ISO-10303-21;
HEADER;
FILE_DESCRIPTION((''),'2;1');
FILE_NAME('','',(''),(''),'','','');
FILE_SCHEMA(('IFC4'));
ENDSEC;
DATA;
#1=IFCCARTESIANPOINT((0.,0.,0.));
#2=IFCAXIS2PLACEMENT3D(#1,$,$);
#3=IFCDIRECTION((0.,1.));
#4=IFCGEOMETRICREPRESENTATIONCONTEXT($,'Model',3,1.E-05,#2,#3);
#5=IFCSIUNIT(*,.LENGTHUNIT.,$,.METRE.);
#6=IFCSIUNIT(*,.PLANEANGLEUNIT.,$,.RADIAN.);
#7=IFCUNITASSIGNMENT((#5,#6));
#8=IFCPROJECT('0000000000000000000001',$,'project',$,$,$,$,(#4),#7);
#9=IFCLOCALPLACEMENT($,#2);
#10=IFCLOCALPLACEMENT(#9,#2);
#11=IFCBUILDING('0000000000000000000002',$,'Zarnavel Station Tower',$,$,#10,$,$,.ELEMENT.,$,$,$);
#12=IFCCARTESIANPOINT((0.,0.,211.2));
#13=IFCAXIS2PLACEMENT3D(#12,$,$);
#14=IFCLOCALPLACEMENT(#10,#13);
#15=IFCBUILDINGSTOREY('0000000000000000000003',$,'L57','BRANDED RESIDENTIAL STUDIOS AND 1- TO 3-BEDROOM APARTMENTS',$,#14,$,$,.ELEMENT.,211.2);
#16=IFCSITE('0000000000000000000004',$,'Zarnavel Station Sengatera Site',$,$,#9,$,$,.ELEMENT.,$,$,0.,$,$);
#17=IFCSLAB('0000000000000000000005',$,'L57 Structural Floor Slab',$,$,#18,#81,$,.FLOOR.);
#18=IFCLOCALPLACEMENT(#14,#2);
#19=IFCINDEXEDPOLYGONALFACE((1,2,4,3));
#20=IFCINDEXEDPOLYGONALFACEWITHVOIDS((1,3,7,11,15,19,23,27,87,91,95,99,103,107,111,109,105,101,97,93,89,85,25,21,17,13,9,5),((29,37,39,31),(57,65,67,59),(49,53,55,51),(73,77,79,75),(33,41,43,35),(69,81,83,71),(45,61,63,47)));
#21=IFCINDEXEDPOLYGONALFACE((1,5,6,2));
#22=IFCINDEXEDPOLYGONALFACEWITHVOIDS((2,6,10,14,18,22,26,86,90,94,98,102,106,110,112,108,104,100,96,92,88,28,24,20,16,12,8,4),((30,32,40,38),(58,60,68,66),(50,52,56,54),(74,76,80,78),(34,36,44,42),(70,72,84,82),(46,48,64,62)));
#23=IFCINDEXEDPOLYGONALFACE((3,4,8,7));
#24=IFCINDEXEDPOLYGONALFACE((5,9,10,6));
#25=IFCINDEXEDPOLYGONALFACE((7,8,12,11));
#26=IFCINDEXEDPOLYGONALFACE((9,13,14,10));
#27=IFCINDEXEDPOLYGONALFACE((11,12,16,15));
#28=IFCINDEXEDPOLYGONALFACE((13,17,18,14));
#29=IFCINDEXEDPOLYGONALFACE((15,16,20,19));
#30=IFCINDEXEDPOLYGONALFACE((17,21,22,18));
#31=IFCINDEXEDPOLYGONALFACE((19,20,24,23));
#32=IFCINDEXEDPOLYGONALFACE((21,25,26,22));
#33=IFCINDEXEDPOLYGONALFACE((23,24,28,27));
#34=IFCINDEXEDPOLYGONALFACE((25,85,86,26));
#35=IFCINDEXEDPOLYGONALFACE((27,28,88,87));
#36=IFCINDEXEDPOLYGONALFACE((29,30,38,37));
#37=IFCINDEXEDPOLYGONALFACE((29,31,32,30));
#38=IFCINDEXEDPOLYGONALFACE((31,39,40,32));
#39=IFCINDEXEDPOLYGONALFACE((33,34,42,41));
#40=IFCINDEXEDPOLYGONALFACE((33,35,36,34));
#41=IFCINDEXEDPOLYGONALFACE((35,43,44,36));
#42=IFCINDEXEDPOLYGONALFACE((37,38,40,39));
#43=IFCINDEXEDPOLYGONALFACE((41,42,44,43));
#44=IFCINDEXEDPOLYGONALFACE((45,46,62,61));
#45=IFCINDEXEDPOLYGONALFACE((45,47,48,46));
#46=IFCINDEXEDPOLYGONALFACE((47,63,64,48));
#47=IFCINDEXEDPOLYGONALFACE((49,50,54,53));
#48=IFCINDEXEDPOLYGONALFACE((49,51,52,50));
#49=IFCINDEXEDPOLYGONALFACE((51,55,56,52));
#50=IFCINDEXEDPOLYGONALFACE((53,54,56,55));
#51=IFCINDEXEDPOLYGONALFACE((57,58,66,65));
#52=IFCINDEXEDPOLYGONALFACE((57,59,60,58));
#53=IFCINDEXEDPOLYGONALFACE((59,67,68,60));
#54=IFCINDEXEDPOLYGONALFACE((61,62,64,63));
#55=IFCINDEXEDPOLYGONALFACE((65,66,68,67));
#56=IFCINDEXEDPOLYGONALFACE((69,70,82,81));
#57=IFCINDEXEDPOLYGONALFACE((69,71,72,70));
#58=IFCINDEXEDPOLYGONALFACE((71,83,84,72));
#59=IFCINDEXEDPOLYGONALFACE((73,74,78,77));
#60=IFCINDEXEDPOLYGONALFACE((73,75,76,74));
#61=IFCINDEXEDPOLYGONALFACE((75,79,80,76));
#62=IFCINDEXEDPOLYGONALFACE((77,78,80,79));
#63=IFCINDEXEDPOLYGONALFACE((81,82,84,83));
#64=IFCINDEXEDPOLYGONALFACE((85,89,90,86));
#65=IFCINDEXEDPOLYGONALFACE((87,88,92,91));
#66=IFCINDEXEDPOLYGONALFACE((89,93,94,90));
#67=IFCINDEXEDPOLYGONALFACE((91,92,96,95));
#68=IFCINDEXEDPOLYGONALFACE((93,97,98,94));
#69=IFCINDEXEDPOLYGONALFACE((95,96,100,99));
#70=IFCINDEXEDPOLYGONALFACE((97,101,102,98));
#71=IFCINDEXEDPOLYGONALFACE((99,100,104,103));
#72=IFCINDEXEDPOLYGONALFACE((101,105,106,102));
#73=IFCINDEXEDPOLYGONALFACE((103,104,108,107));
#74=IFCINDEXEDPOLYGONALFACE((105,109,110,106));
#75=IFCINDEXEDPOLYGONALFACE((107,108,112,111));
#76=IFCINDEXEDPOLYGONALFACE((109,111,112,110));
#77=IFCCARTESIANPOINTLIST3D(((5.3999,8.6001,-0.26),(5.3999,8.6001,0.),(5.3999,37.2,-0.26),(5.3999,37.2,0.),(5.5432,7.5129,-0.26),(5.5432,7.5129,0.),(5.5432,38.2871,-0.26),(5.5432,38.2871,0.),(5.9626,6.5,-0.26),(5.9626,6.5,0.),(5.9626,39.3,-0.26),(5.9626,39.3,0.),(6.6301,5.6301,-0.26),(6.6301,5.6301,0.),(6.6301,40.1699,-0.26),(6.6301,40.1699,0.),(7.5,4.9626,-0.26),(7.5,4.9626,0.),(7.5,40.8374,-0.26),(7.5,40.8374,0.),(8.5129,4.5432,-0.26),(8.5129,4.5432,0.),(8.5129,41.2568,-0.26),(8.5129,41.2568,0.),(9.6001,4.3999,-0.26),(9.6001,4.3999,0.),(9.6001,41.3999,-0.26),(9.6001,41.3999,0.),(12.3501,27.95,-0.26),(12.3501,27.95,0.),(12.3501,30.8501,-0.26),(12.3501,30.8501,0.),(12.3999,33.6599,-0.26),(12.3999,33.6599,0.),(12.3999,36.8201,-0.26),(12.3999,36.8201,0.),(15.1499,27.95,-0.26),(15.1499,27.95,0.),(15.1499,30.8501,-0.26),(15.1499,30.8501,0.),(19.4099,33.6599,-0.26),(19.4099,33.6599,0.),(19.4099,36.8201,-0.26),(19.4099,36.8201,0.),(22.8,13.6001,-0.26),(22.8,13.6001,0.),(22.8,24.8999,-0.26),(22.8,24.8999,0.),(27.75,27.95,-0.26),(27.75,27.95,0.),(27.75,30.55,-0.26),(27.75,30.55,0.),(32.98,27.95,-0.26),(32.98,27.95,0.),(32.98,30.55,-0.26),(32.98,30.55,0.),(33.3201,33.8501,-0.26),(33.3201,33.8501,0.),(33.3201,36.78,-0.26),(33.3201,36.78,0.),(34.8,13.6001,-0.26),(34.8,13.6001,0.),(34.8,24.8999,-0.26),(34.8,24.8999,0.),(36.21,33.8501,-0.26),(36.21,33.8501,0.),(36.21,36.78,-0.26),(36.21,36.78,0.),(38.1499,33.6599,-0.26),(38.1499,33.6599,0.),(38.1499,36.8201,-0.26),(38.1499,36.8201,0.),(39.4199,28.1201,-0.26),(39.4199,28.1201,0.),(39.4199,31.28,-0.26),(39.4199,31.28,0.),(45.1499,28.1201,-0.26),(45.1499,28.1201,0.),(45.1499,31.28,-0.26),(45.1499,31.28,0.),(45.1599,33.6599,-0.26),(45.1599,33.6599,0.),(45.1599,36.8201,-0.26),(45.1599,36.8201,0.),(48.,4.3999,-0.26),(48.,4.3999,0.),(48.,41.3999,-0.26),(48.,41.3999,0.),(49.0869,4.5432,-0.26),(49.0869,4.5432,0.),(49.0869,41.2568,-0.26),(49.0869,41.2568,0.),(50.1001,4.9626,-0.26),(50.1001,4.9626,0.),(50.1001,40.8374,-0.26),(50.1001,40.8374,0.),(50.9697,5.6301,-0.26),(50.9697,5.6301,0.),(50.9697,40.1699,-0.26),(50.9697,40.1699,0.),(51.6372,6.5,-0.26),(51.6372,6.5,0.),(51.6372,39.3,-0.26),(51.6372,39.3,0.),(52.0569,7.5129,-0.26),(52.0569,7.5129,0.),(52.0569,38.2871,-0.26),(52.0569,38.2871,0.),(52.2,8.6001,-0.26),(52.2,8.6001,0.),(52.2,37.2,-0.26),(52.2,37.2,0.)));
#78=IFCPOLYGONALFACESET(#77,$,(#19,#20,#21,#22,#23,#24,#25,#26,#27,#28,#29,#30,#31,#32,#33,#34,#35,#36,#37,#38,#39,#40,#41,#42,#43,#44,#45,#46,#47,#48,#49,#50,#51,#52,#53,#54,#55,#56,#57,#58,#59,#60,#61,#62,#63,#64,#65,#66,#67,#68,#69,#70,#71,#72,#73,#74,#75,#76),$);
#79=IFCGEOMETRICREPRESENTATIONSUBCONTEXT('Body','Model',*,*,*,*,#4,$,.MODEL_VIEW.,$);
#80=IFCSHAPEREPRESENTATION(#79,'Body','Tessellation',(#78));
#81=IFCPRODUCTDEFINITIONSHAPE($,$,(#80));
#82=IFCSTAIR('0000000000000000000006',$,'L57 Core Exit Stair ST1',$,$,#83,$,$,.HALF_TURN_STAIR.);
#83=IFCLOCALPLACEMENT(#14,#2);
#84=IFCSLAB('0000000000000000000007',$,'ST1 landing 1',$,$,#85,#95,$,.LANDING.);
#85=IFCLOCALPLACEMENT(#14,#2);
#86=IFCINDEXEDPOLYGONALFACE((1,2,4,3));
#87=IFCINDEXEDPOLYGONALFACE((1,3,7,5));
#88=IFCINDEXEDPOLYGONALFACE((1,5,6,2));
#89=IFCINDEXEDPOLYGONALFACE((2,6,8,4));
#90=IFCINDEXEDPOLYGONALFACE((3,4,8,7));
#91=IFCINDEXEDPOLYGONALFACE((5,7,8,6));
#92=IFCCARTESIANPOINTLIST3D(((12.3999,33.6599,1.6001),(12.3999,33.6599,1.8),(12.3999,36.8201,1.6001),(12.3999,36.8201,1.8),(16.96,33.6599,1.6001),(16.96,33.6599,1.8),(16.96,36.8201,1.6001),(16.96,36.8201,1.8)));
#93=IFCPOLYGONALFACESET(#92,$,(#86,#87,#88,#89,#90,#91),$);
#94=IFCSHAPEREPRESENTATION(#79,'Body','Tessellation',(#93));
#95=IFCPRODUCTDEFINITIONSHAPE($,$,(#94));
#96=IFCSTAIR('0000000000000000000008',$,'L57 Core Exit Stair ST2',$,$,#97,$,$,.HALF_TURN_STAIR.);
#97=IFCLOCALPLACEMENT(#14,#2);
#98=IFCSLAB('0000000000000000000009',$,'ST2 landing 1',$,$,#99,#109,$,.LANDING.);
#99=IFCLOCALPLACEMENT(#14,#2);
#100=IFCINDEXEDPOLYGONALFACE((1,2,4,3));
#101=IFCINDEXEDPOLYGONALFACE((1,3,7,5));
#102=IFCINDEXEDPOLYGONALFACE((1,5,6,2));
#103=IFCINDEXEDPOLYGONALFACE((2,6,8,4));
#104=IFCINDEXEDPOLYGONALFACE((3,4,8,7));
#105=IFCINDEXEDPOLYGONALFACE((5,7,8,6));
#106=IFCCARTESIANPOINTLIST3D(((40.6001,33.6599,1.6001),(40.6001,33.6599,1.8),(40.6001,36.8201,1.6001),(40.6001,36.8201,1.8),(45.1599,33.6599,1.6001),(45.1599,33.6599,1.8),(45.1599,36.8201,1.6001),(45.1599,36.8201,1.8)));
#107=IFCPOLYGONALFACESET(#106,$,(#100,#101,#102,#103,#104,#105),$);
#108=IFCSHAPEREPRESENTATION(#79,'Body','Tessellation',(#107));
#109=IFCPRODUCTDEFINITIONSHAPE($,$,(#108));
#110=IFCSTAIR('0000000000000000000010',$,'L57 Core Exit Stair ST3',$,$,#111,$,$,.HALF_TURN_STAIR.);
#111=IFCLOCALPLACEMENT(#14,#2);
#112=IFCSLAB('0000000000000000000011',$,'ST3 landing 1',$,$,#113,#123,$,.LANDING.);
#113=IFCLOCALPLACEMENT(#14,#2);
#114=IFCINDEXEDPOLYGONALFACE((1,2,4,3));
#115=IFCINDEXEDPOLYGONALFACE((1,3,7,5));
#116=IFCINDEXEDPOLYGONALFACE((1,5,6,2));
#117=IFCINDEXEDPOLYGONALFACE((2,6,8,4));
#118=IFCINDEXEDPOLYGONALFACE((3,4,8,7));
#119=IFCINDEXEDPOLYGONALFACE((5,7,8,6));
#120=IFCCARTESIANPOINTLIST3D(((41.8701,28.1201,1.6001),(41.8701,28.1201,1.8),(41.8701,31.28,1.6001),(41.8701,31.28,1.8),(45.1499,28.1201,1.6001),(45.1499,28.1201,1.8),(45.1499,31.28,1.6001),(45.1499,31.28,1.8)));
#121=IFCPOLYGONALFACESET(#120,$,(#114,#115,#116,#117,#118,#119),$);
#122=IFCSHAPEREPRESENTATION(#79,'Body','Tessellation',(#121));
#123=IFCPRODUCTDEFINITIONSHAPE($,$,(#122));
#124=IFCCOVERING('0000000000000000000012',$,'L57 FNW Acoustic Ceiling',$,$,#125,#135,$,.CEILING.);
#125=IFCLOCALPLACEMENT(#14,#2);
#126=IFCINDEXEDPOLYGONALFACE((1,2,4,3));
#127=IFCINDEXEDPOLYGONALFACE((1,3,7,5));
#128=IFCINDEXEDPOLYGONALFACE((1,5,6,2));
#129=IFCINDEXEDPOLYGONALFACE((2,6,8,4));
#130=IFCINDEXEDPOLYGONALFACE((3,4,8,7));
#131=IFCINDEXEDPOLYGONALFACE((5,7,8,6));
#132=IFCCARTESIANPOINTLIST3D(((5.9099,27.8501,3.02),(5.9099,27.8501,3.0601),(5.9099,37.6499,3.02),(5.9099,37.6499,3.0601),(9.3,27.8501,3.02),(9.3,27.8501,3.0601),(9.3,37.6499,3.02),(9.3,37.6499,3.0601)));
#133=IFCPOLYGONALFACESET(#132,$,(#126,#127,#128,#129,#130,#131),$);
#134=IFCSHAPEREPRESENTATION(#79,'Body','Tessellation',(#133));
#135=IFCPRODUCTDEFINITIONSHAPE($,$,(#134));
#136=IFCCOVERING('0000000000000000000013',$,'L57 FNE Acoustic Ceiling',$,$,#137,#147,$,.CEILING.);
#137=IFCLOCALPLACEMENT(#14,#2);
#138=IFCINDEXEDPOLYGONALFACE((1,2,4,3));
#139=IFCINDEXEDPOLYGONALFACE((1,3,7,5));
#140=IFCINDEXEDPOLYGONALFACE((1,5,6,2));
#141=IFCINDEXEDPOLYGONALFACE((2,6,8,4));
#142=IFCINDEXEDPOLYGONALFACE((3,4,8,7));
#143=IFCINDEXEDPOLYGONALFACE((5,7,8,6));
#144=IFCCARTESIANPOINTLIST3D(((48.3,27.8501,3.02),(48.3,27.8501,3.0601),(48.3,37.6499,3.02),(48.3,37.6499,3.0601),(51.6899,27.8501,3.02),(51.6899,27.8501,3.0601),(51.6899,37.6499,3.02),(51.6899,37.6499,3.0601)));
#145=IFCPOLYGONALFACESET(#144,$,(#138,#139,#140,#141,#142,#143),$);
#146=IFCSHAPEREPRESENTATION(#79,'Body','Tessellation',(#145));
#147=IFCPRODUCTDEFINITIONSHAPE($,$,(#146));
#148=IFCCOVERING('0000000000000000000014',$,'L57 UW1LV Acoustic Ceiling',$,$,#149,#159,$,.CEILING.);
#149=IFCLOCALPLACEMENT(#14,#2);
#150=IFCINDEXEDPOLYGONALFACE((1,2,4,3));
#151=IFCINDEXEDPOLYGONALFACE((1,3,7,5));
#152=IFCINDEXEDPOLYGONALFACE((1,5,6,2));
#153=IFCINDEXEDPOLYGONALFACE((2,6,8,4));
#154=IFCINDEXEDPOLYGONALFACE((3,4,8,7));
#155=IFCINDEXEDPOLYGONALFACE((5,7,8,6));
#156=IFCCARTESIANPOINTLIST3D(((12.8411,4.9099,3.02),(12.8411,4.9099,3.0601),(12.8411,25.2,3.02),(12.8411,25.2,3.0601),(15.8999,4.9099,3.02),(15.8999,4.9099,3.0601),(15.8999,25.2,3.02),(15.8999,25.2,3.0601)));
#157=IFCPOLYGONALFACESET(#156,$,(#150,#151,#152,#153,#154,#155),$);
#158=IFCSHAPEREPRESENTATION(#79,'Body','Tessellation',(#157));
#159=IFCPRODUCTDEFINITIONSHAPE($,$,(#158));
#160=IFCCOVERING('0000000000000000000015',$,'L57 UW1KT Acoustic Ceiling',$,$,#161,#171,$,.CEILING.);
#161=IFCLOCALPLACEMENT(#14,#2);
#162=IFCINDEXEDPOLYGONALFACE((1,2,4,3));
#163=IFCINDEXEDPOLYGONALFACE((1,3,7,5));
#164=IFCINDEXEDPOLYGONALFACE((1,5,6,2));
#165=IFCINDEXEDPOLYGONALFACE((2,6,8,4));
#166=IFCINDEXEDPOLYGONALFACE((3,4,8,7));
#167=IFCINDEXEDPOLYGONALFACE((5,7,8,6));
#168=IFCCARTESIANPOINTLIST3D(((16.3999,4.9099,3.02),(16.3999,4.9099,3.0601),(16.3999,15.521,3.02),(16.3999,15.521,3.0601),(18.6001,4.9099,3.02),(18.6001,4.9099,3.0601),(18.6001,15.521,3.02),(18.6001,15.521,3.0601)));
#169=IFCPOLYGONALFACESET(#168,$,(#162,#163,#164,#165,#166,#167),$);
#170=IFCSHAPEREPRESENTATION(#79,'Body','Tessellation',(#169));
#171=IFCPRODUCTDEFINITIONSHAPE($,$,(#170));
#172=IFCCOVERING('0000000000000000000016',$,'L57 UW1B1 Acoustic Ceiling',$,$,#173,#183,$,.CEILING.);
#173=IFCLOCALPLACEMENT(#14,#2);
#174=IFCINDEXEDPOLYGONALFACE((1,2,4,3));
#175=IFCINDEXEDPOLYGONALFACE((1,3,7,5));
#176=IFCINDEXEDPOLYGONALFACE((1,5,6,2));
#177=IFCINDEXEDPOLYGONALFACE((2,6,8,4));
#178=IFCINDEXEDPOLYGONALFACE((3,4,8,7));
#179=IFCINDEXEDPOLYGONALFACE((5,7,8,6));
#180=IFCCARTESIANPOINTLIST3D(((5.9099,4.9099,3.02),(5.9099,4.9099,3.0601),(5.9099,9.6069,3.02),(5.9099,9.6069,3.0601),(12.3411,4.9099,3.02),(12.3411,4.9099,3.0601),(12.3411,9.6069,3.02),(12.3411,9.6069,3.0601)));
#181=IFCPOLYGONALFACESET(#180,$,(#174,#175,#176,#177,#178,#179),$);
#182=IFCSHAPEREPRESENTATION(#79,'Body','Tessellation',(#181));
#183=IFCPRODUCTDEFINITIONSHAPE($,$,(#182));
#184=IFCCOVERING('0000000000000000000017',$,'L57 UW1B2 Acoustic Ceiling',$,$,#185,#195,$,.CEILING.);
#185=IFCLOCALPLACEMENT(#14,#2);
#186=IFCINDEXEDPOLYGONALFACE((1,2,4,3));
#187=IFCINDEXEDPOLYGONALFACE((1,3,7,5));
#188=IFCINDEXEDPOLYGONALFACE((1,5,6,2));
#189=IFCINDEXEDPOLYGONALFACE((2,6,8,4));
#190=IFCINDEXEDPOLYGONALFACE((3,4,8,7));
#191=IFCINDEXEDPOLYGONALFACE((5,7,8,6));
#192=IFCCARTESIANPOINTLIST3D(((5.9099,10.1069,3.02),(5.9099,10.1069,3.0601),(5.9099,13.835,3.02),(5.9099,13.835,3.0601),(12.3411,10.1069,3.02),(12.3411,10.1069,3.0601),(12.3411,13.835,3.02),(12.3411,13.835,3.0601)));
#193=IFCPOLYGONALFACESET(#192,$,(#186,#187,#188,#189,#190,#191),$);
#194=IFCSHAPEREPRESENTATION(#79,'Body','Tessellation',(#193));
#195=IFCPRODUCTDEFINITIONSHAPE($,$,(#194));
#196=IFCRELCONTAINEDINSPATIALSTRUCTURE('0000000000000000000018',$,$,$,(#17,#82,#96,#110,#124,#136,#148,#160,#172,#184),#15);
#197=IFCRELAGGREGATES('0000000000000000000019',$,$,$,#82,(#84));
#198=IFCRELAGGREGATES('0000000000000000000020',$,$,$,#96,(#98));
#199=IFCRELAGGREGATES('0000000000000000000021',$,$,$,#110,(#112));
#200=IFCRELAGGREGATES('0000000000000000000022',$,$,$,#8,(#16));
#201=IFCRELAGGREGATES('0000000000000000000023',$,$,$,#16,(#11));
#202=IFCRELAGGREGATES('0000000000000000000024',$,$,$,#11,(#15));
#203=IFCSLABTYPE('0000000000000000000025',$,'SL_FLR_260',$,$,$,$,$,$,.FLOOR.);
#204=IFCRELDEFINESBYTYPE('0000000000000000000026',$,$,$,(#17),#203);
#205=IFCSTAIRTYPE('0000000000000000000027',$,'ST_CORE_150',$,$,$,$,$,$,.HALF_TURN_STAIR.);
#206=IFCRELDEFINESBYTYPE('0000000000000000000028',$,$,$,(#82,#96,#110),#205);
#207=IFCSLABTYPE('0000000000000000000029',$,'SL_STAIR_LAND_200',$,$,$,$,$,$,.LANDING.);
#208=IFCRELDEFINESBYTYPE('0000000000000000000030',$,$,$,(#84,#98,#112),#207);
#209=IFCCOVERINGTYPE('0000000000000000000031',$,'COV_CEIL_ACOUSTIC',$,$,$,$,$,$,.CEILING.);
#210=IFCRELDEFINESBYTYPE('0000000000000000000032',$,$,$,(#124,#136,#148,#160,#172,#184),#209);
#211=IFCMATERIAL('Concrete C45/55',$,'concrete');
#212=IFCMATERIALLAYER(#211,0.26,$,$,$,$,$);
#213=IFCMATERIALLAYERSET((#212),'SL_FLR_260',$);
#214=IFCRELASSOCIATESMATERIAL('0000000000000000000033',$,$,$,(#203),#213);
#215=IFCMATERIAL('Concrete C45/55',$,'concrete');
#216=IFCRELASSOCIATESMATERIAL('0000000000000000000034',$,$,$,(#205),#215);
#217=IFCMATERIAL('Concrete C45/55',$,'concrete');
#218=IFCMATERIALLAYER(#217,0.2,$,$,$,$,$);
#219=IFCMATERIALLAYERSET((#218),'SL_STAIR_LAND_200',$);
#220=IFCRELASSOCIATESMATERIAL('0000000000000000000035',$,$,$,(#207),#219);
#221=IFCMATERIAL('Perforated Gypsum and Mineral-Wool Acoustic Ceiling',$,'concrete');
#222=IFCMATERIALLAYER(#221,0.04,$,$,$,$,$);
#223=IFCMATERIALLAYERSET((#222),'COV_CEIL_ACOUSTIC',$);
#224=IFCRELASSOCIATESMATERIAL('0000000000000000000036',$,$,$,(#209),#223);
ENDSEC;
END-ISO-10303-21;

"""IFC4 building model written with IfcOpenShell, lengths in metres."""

from ifc_helpers import new_model, si_unit, direction, frame, origin, place, context, subcontext, project, spatial, polyline, outline, extrude, material, layer, layer_set, type_object, element, aggregate, save


model = new_model("IFC4")

# Units and contexts
model_context = context("Model", 3, precision=1e-05, world=origin(), true_north=direction((0.0, 1.0)))
body_context = subcontext(model_context, "Body", "Model", "MODEL_VIEW")
ifc_project = project(units=[si_unit("LENGTHUNIT", "METRE"), si_unit("PLANEANGLEUNIT", "RADIAN")], contexts=[model_context])

# Site, building, storey
site_placement = place(None, origin())
site = spatial("IfcSite", under=ifc_project, at=site_placement, Name="Zarnavel Station Sengatera Site", CompositionType="ELEMENT", RefElevation=0.0)
building_placement = place(site_placement, origin())
building = spatial("IfcBuilding", under=site, at=building_placement, Name="Zarnavel Station Tower", CompositionType="ELEMENT")
storey_placement = place(building_placement, frame((0.0, 0.0, 211.2)))
storey = spatial("IfcBuildingStorey", under=building, at=storey_placement, Name="L57", Description="BRANDED RESIDENTIAL STUDIOS AND 1- TO 3-BEDROOM APARTMENTS", CompositionType="ELEMENT", Elevation=211.2)

# Slab
ifc_material_1 = material(Name="Concrete C45/55", Category="concrete")
ifc_layer_1 = layer(ifc_material_1, 0.26)
ifc_layer_set_1 = layer_set([ifc_layer_1], Name="SL_FLR_260")
slab_type_1 = type_object("IfcSlabType", Name="SL_FLR_260", PredefinedType="FLOOR", material=ifc_layer_set_1)
slab_1_placement = place(storey_placement, frame((0.0, 0.0, -0.26)))
element("IfcSlab", 1, at=slab_1_placement, inside=storey, type_object=slab_type_1, Name="L57 Structural Floor Slab", PredefinedType="FLOOR", context=body_context, shape_type="SweptSolid", body=[
    extrude(outline(polyline([(48.0, 4.3999), (49.0869, 4.5432), (50.1001, 4.9626), (50.9697, 5.6301), (51.6372, 6.5), (52.0569, 7.5129), (52.2, 8.6001), (52.2, 37.2), (52.0569, 38.2871), (51.6372, 39.3), (50.9697, 40.1699), (50.1001, 40.8374), (49.0869, 41.2568), (48.0, 41.3999), (9.6001, 41.3999), (8.5129, 41.2568), (7.5, 40.8374), (6.6301, 40.1699), (5.9626, 39.3), (5.5432, 38.2871), (5.3999, 37.2), (5.3999, 8.6001), (5.5432, 7.5129), (5.9626, 6.5), (6.6301, 5.6301), (7.5, 4.9626), (8.5129, 4.5432), (9.6001, 4.3999), (48.0, 4.3999)]), holes=[polyline([(12.3999, 33.6599), (19.4099, 33.6599), (19.4099, 36.8201), (12.3999, 36.8201), (12.3999, 33.6599)]), polyline([(38.1499, 33.6599), (45.1599, 33.6599), (45.1599, 36.8201), (38.1499, 36.8201), (38.1499, 33.6599)]), polyline([(39.4199, 28.1201), (45.1499, 28.1201), (45.1499, 31.28), (39.4199, 31.28), (39.4199, 28.1201)]), polyline([(12.3501, 27.95), (15.1499, 27.95), (15.1499, 30.8501), (12.3501, 30.8501), (12.3501, 27.95)]), polyline([(33.3201, 33.8501), (36.21, 33.8501), (36.21, 36.78), (33.3201, 36.78), (33.3201, 33.8501)]), polyline([(27.75, 27.95), (32.98, 27.95), (32.98, 30.55), (27.75, 30.55), (27.75, 27.95)]), polyline([(22.8, 13.6001), (34.8, 13.6001), (34.8, 24.8999), (22.8, 24.8999), (22.8, 13.6001)])]), origin(), (0.0, 0.0, 1.0), 0.26),
])

# Stairs, slabs
ifc_material_2 = material(Name="Concrete C45/55", Category="concrete")
stair_type = type_object("IfcStairType", Name="ST_CORE_150", PredefinedType="HALF_TURN_STAIR", material=ifc_material_2)
stair_1_placement = place(storey_placement, origin())
stair_1 = element("IfcStair", 2, at=stair_1_placement, inside=storey, type_object=stair_type, Name="L57 Core Exit Stair ST1", PredefinedType="HALF_TURN_STAIR")
ifc_material_3 = material(Name="Concrete C45/55", Category="concrete")
ifc_layer_2 = layer(ifc_material_3, 0.2)
ifc_layer_set_2 = layer_set([ifc_layer_2], Name="SL_STAIR_LAND_200")
slab_type_2 = type_object("IfcSlabType", Name="SL_STAIR_LAND_200", PredefinedType="LANDING", material=ifc_layer_set_2)
slab_2_placement = place(storey_placement, frame((0.0, 0.0, 1.6001)))
slab_2 = element("IfcSlab", 3, at=slab_2_placement, type_object=slab_type_2, Name="ST1 landing 1", PredefinedType="LANDING", context=body_context, shape_type="SweptSolid", body=[
    extrude(outline(polyline([(16.96, 36.8201), (12.3999, 36.8201), (12.3999, 33.6599), (16.96, 33.6599), (16.96, 36.8201)])), origin(), (0.0, 0.0, 1.0), 0.2),
])
aggregate(stair_1, [slab_2])
stair_2_placement = place(storey_placement, origin())
stair_2 = element("IfcStair", 4, at=stair_2_placement, inside=storey, type_object=stair_type, Name="L57 Core Exit Stair ST2", PredefinedType="HALF_TURN_STAIR")
slab_3_placement = place(storey_placement, frame((0.0, 0.0, 1.6001)))
slab_3 = element("IfcSlab", 5, at=slab_3_placement, type_object=slab_type_2, Name="ST2 landing 1", PredefinedType="LANDING", context=body_context, shape_type="SweptSolid", body=[
    extrude(outline(polyline([(40.6001, 33.6599), (45.1599, 33.6599), (45.1599, 36.8201), (40.6001, 36.8201), (40.6001, 33.6599)])), origin(), (0.0, 0.0, 1.0), 0.2),
])
aggregate(stair_2, [slab_3])
stair_3_placement = place(storey_placement, origin())
stair_3 = element("IfcStair", 6, at=stair_3_placement, inside=storey, type_object=stair_type, Name="L57 Core Exit Stair ST3", PredefinedType="HALF_TURN_STAIR")
slab_4_placement = place(storey_placement, frame((0.0, 0.0, 1.6001)))
slab_4 = element("IfcSlab", 7, at=slab_4_placement, type_object=slab_type_2, Name="ST3 landing 1", PredefinedType="LANDING", context=body_context, shape_type="SweptSolid", body=[
    extrude(outline(polyline([(41.8701, 28.1201), (45.1499, 28.1201), (45.1499, 31.28), (41.8701, 31.28), (41.8701, 28.1201)])), origin(), (0.0, 0.0, 1.0), 0.2),
])
aggregate(stair_3, [slab_4])

# Coverings
ifc_material_4 = material(Name="Perforated Gypsum and Mineral-Wool Acoustic Ceiling", Category="concrete")
ifc_layer_3 = layer(ifc_material_4, 0.04)
ifc_layer_set_3 = layer_set([ifc_layer_3], Name="COV_CEIL_ACOUSTIC")
covering_type_1 = type_object("IfcCoveringType", Name="COV_CEIL_ACOUSTIC", PredefinedType="CEILING", material=ifc_layer_set_3)
covering_1_placement = place(storey_placement, frame((0.0, 0.0, 3.02)))
element("IfcCovering", 8, at=covering_1_placement, inside=storey, type_object=covering_type_1, Name="L57 FNW Acoustic Ceiling", PredefinedType="CEILING", context=body_context, shape_type="SweptSolid", body=[
    extrude(outline(polyline([(5.9099, 27.8501), (9.3, 27.8501), (9.3, 37.6499), (5.9099, 37.6499), (5.9099, 27.8501)])), origin(), (0.0, 0.0, 1.0), 0.04),
])
covering_2_placement = place(storey_placement, frame((0.0, 0.0, 3.02)))
element("IfcCovering", 9, at=covering_2_placement, inside=storey, type_object=covering_type_1, Name="L57 FNE Acoustic Ceiling", PredefinedType="CEILING", context=body_context, shape_type="SweptSolid", body=[
    extrude(outline(polyline([(48.3, 27.8501), (51.6899, 27.8501), (51.6899, 37.6499), (48.3, 37.6499), (48.3, 27.8501)])), origin(), (0.0, 0.0, 1.0), 0.04),
])
covering_3_placement = place(storey_placement, frame((0.0, 0.0, 3.02)))
element("IfcCovering", 10, at=covering_3_placement, inside=storey, type_object=covering_type_1, Name="L57 UW1LV Acoustic Ceiling", PredefinedType="CEILING", context=body_context, shape_type="SweptSolid", body=[
    extrude(outline(polyline([(12.8411, 4.9099), (15.8999, 4.9099), (15.8999, 25.2), (12.8411, 25.2), (12.8411, 4.9099)])), origin(), (0.0, 0.0, 1.0), 0.04),
])
covering_4_placement = place(storey_placement, frame((0.0, 0.0, 3.02)))
element("IfcCovering", 11, at=covering_4_placement, inside=storey, type_object=covering_type_1, Name="L57 UW1KT Acoustic Ceiling", PredefinedType="CEILING", context=body_context, shape_type="SweptSolid", body=[
    extrude(outline(polyline([(16.3999, 4.9099), (18.6001, 4.9099), (18.6001, 15.521), (16.3999, 15.521), (16.3999, 4.9099)])), origin(), (0.0, 0.0, 1.0), 0.04),
])
covering_5_placement = place(storey_placement, frame((0.0, 0.0, 3.02)))
element("IfcCovering", 12, at=covering_5_placement, inside=storey, type_object=covering_type_1, Name="L57 UW1B1 Acoustic Ceiling", PredefinedType="CEILING", context=body_context, shape_type="SweptSolid", body=[
    extrude(outline(polyline([(5.9099, 4.9099), (12.3411, 4.9099), (12.3411, 9.6069), (5.9099, 9.6069), (5.9099, 4.9099)])), origin(), (0.0, 0.0, 1.0), 0.04),
])
covering_6_placement = place(storey_placement, frame((0.0, 0.0, 3.02)))
element("IfcCovering", 13, at=covering_6_placement, inside=storey, type_object=covering_type_1, Name="L57 UW1B2 Acoustic Ceiling", PredefinedType="CEILING", context=body_context, shape_type="SweptSolid", body=[
    extrude(outline(polyline([(5.9099, 10.1069), (12.3411, 10.1069), (12.3411, 13.835), (5.9099, 13.835), (5.9099, 10.1069)])), origin(), (0.0, 0.0, 1.0), 0.04),
])

save(model, "model.ifc")
